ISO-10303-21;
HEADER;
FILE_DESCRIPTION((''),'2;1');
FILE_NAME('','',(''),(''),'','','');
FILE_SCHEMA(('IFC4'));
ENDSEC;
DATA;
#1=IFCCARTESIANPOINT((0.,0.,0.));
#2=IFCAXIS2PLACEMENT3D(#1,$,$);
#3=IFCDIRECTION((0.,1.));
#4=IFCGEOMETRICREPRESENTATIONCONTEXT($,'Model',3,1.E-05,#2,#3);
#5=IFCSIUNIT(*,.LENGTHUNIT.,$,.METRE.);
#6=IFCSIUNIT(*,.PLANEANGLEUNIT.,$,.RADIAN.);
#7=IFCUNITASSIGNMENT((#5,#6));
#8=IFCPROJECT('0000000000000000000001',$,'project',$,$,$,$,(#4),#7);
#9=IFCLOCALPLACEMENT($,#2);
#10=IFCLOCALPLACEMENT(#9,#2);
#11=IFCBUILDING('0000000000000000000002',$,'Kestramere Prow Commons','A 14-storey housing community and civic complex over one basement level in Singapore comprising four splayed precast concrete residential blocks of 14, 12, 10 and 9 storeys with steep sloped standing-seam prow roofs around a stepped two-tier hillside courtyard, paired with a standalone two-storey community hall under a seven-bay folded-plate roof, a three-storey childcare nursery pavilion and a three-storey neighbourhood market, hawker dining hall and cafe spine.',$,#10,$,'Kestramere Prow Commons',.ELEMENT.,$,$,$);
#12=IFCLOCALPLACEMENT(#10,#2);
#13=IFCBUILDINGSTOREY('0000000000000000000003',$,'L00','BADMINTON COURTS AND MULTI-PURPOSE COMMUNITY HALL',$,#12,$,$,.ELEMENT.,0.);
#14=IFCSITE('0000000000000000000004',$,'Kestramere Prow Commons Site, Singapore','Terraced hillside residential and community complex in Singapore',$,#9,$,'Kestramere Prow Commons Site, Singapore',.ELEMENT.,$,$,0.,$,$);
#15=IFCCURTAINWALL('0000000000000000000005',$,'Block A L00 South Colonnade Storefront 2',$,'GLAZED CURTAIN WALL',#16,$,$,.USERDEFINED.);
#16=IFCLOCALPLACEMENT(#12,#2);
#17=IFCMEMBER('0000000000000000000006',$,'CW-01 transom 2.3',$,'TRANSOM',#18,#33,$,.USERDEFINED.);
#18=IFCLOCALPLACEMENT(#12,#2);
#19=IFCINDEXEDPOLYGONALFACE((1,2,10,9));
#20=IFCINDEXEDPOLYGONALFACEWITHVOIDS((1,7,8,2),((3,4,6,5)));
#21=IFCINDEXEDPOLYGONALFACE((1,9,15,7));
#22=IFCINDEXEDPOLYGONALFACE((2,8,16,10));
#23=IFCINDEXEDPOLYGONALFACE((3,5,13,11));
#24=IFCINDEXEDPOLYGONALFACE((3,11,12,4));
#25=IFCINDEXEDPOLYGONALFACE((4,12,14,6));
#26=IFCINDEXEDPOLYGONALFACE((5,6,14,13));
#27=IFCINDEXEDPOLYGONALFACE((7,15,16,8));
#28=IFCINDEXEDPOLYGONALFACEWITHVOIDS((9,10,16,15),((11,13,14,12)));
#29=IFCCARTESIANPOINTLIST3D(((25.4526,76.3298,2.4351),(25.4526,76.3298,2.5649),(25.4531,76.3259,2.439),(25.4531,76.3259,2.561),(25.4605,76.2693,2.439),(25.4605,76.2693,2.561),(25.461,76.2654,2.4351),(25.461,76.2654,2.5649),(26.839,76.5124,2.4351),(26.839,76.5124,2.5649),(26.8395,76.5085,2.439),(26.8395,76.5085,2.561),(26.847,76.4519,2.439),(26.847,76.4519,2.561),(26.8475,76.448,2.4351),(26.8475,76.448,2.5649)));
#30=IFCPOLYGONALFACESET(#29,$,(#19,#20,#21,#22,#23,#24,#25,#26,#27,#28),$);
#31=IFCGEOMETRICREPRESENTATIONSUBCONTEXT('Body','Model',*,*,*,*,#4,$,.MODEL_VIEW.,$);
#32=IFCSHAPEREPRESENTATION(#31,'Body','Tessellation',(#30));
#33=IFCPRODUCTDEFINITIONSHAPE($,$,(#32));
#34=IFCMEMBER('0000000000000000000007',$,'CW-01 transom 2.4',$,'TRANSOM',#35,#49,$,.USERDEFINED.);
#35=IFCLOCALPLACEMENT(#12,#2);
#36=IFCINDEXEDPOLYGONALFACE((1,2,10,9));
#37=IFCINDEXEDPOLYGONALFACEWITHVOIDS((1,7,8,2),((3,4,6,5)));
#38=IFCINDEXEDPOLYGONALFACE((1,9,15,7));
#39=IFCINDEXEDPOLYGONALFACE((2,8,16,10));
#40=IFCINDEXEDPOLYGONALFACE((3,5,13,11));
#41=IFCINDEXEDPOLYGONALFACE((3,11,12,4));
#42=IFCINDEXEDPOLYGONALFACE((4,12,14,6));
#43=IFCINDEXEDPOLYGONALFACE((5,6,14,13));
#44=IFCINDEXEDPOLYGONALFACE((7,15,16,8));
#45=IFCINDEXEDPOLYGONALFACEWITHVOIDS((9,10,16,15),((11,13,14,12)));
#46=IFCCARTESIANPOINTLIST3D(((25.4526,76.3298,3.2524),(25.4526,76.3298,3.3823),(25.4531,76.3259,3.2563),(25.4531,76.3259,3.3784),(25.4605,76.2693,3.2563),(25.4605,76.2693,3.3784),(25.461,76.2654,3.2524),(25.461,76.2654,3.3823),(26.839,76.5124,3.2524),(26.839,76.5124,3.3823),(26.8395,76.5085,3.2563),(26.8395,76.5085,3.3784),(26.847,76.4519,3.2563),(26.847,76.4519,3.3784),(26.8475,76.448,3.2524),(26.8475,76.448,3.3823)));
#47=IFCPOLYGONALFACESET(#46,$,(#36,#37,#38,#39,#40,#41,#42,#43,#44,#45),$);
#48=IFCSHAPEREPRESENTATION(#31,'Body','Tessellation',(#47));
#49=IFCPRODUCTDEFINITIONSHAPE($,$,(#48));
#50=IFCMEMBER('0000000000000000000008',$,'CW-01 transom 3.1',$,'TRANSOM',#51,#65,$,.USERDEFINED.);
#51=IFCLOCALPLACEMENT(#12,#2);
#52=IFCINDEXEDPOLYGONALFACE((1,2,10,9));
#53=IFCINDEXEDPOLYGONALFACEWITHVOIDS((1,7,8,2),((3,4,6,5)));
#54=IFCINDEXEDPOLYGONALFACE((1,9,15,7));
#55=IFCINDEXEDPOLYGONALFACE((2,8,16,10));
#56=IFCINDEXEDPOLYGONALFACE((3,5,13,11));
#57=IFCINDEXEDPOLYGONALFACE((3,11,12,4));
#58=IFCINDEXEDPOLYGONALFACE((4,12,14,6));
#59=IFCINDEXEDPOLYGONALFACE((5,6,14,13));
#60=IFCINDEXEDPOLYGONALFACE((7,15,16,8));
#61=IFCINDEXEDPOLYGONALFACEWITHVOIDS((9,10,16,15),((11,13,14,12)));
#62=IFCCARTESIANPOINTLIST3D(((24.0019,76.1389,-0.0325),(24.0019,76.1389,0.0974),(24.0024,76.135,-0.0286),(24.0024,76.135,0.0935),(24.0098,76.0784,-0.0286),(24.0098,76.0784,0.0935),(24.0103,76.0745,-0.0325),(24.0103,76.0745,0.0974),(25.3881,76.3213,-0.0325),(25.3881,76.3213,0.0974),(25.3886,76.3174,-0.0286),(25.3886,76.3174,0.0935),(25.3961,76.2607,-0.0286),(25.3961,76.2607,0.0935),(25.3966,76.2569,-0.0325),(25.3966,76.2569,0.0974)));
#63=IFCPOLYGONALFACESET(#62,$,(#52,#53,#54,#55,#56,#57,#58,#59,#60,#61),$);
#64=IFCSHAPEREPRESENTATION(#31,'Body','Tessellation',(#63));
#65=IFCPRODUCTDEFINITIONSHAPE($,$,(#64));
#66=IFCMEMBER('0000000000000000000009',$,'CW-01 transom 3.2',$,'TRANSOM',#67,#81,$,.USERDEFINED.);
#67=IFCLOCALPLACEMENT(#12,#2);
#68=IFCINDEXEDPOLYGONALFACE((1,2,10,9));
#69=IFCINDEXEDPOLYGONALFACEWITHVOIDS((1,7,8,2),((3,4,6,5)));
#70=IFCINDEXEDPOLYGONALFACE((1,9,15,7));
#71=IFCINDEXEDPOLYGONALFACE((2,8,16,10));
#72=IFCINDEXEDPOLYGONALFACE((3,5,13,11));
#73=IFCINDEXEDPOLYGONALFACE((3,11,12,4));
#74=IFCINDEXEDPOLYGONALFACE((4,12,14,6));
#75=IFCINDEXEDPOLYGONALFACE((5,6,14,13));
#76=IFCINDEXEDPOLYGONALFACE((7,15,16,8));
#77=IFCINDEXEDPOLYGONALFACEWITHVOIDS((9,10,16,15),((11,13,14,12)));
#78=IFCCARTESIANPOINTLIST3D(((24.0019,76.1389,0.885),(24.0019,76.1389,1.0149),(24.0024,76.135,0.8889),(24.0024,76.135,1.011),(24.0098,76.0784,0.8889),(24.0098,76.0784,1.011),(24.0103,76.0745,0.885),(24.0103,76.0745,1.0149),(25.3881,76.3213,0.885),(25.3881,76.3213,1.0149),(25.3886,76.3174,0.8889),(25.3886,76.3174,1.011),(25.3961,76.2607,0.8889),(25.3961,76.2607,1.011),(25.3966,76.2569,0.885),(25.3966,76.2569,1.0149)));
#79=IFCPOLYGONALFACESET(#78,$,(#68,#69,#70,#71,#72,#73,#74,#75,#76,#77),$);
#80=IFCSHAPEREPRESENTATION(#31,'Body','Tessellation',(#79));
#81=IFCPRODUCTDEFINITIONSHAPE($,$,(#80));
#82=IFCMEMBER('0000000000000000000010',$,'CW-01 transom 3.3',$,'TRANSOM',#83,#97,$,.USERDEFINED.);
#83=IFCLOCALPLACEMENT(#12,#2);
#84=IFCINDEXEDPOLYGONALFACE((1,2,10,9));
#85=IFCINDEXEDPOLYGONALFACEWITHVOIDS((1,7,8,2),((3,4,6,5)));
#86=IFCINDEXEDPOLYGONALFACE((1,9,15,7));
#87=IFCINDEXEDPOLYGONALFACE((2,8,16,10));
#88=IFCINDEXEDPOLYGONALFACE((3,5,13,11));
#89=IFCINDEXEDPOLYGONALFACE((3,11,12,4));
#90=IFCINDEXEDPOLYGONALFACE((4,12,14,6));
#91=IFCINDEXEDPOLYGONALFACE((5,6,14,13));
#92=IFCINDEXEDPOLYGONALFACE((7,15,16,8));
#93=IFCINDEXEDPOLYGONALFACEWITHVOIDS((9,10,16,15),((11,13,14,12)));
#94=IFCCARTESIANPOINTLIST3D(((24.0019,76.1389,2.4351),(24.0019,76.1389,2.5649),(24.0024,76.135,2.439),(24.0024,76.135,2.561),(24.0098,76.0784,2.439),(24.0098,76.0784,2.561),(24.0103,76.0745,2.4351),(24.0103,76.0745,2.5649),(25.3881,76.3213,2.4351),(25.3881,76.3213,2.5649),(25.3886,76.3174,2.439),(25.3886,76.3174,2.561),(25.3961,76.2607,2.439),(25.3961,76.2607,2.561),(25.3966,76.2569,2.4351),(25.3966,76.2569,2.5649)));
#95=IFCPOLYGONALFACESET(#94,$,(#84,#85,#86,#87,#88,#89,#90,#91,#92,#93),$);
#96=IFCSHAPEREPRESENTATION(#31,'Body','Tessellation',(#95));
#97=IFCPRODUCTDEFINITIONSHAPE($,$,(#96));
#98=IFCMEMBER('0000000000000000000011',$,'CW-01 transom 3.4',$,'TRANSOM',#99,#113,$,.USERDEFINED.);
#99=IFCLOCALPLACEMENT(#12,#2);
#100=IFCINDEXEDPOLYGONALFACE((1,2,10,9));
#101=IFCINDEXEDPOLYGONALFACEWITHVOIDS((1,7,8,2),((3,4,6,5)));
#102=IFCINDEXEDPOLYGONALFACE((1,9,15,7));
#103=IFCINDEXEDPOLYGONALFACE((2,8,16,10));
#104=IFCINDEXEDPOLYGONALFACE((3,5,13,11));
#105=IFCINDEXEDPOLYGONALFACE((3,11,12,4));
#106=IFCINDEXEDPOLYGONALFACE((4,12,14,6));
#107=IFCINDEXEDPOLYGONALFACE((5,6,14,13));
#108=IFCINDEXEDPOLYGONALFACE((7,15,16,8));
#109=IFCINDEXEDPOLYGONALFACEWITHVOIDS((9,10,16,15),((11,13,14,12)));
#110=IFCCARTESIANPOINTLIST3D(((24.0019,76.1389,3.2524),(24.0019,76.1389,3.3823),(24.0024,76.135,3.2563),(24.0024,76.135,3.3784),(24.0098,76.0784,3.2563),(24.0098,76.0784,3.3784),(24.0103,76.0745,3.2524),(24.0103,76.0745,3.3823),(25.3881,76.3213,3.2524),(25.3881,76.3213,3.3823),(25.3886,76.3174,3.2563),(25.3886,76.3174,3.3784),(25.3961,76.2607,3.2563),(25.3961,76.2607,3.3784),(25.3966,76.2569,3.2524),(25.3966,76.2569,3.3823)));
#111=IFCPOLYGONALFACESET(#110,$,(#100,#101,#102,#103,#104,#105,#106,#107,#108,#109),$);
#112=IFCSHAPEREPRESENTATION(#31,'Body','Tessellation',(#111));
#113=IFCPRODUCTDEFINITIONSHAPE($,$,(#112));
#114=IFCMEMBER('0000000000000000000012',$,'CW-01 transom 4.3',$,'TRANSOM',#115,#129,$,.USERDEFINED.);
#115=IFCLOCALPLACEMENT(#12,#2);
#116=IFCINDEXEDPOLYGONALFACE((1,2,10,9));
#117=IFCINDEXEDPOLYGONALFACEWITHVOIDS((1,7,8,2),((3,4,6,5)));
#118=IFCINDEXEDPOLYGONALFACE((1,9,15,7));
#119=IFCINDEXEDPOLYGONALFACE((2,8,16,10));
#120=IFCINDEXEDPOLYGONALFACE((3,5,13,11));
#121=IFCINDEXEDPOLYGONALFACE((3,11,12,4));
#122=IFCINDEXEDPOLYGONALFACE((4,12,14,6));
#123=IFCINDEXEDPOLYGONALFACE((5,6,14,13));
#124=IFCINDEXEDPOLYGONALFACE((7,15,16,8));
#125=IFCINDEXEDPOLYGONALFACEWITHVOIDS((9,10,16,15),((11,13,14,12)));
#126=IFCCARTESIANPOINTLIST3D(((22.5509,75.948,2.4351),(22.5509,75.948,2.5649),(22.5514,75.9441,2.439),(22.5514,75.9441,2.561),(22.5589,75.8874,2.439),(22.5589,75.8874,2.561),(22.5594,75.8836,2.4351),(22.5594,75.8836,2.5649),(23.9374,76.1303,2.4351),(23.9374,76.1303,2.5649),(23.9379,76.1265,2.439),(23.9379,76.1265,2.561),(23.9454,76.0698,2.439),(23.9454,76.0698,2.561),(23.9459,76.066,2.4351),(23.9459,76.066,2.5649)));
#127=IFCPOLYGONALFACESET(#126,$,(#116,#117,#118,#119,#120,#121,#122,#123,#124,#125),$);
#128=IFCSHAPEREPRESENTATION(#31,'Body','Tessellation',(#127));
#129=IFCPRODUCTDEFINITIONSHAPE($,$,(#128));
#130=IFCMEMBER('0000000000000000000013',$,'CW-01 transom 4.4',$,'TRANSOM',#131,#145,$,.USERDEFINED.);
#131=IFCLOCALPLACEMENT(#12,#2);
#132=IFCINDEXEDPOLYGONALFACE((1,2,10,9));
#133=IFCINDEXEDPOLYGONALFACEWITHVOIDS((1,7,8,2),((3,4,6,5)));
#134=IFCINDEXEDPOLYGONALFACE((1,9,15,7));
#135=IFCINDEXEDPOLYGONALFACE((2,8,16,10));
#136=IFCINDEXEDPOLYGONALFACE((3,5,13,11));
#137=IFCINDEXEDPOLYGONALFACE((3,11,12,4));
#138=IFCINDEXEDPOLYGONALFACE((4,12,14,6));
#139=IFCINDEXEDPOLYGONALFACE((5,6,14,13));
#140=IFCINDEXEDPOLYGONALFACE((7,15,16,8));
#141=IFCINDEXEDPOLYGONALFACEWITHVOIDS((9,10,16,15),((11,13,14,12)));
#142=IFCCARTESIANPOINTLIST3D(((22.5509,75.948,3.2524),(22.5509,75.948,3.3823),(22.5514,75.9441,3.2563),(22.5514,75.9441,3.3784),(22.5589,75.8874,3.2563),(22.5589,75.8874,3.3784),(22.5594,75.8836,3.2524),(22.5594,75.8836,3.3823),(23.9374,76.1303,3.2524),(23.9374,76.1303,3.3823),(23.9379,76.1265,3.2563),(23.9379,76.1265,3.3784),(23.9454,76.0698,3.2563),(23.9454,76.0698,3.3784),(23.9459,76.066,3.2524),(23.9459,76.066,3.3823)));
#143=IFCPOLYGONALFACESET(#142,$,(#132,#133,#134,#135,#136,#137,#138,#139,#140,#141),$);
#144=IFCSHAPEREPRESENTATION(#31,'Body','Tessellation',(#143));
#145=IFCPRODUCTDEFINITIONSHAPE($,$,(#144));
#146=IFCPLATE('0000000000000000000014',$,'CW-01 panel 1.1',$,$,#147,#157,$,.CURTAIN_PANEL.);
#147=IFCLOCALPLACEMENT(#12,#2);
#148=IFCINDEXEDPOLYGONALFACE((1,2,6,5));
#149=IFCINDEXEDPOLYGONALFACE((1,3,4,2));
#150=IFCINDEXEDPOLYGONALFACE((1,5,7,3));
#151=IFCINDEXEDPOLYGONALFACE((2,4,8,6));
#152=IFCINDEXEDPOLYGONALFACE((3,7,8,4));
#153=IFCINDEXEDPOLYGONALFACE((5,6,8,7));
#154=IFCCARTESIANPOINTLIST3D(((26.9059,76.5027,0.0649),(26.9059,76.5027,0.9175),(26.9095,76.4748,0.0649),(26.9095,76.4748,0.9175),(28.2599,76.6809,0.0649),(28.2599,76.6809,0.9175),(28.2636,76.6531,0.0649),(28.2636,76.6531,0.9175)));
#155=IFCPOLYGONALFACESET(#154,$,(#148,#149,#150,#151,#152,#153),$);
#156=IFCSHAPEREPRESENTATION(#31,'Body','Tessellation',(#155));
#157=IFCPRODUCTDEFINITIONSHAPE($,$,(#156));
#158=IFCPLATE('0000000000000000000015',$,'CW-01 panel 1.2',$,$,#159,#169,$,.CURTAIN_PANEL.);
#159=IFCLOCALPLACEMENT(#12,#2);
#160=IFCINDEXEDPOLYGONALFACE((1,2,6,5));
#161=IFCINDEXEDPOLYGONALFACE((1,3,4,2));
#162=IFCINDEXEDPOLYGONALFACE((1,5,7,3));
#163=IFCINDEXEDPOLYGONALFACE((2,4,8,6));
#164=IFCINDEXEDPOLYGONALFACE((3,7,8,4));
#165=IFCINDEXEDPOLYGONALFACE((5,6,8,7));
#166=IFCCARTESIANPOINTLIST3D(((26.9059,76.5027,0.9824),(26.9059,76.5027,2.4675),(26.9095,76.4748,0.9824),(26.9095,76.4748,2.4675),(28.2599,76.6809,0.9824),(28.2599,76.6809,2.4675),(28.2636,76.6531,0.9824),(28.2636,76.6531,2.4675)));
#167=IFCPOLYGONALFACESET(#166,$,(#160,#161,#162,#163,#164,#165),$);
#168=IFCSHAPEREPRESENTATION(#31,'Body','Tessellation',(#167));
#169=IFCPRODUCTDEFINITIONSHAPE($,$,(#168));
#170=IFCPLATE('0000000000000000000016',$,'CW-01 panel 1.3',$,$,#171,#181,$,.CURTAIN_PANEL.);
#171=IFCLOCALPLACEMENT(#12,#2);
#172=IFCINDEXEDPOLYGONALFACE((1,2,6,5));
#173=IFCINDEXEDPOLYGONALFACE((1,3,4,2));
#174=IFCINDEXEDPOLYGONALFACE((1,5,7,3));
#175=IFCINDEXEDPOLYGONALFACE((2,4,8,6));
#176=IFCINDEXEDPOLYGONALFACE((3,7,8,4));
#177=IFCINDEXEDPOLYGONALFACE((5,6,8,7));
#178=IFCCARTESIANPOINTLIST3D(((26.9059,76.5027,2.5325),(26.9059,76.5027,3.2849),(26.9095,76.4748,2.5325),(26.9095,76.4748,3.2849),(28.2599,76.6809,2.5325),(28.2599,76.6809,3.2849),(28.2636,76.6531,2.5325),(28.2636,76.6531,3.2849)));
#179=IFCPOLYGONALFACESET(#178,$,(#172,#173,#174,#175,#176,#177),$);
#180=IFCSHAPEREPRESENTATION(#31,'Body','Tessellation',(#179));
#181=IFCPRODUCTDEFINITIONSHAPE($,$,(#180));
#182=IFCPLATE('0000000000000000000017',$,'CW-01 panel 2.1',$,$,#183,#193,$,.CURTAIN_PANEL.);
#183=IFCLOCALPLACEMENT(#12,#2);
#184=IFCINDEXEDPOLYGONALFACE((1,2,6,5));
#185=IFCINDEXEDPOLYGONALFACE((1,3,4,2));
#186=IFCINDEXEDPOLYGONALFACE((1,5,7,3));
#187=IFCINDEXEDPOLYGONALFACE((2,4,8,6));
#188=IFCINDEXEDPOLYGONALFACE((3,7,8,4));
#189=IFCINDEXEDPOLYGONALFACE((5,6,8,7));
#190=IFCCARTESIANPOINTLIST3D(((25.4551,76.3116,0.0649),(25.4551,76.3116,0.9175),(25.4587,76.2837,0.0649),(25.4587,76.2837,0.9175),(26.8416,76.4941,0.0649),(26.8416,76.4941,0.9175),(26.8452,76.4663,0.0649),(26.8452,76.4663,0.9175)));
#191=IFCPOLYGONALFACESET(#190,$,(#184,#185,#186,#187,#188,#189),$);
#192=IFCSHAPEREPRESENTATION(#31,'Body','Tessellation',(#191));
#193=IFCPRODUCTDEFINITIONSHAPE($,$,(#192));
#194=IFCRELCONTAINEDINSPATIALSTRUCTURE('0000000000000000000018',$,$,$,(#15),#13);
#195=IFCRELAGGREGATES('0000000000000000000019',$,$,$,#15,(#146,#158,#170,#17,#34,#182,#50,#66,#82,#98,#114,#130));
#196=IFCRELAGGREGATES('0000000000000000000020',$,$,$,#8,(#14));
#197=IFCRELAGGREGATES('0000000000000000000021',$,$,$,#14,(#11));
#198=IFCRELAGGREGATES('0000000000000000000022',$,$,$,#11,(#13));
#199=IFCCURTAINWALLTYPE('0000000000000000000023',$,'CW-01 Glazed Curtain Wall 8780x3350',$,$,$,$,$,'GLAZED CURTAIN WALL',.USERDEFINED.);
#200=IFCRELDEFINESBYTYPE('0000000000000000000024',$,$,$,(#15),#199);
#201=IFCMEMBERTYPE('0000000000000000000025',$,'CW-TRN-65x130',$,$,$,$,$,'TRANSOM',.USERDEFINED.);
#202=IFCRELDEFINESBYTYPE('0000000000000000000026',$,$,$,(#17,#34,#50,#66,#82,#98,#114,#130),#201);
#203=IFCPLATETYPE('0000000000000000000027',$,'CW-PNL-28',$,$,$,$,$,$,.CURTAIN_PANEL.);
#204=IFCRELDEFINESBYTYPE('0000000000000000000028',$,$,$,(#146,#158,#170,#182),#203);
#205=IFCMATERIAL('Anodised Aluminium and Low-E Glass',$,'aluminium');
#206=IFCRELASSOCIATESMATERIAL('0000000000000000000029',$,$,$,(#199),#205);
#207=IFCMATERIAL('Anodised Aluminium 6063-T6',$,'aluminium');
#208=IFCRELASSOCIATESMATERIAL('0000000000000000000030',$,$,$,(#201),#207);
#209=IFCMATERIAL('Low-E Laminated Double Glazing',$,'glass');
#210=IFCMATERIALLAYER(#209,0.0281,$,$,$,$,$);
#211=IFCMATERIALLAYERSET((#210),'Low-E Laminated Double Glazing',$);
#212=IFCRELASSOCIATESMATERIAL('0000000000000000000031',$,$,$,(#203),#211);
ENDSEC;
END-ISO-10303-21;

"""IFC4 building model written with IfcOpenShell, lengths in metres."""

from ifc_helpers import new_model, si_unit, direction, frame, origin, origin_2d, place, context, subcontext, project, spatial, rectangle, hollow_rectangle, extrude, material, layer, layer_set, material_profile, profile_set, type_object, element, aggregate, save


model = new_model("IFC4")

# Units and contexts
model_context = context("Model", 3, precision=1e-05, world=origin(), true_north=direction((0.0, 1.0)))
body_context = subcontext(model_context, "Body", "Model", "MODEL_VIEW")
ifc_project = project(units=[si_unit("LENGTHUNIT", "METRE"), si_unit("PLANEANGLEUNIT", "RADIAN")], contexts=[model_context])

# Site, building, storey
site_placement = place(None, origin())
site = spatial("IfcSite", under=ifc_project, at=site_placement, Name="Kestramere Prow Commons Site, Singapore", Description="Terraced hillside residential and community complex in Singapore", LongName="Kestramere Prow Commons Site, Singapore", CompositionType="ELEMENT", RefElevation=0.0)
building_placement = place(site_placement, origin())
building = spatial("IfcBuilding", under=site, at=building_placement, Name="Kestramere Prow Commons", Description="A 14-storey housing community and civic complex over one basement level in Singapore comprising four splayed precast concrete residential blocks of 14, 12, 10 and 9 storeys with steep sloped standing-seam prow roofs around a stepped two-tier hillside courtyard, paired with a standalone two-storey community hall under a seven-bay folded-plate roof, a three-storey childcare nursery pavilion and a three-storey neighbourhood market, hawker dining hall and cafe spine.", LongName="Kestramere Prow Commons", CompositionType="ELEMENT")
storey_placement = place(building_placement, origin())
storey = spatial("IfcBuildingStorey", under=building, at=storey_placement, Name="L00", Description="BADMINTON COURTS AND MULTI-PURPOSE COMMUNITY HALL", CompositionType="ELEMENT", Elevation=0.0)

# Curtain wall, members, plates
ifc_material_1 = material(Name="Anodised Aluminium and Low-E Glass", Category="aluminium")
curtain_wall_type = type_object("IfcCurtainWallType", Name="CW-01 Glazed Curtain Wall 8780x3350", ElementType="GLAZED CURTAIN WALL", PredefinedType="USERDEFINED", material=ifc_material_1)
curtain_wall_placement = place(storey_placement, origin())
curtain_wall = element("IfcCurtainWall", 1, at=curtain_wall_placement, inside=storey, type_object=curtain_wall_type, Name="Block A L00 South Colonnade Storefront 2", ObjectType="GLAZED CURTAIN WALL", PredefinedType="USERDEFINED")
ifc_material_2 = material(Name="Anodised Aluminium 6063-T6", Category="aluminium")
ifc_material_profile_1 = material_profile(ifc_material_2, hollow_rectangle(XDim=0.0649, YDim=0.1299, WallThickness=0.0039, at=origin_2d()), Name="ALU-TRN 65x130")
ifc_profile_set_1 = profile_set([ifc_material_profile_1], Name="Anodised Aluminium 6063-T6")
member_type_1 = type_object("IfcMemberType", Name="CW-TRN-65x130", ElementType="TRANSOM", PredefinedType="USERDEFINED", material=ifc_profile_set_1)
member_1_placement = place(storey_placement, frame((26.8433, 76.4802, 2.5), z_axis=(-0.991437, -0.130585, 0.0), x_axis=(0.130585, -0.991437, 0.0)))
member_1 = element("IfcMember", 2, at=member_1_placement, type_object=member_type_1, Name="CW-01 transom 2.3", ObjectType="TRANSOM", PredefinedType="USERDEFINED", context=body_context, shape_type="SweptSolid", body=[
    extrude(hollow_rectangle(XDim=0.0649, YDim=0.1299, WallThickness=0.0039, at=origin_2d()), origin(), (0.0, 0.0, 1.0), 1.3984),
])
member_2_placement = place(storey_placement, frame((26.8433, 76.4802, 3.3174), z_axis=(-0.991437, -0.130585, 0.0), x_axis=(0.130585, -0.991437, 0.0)))
member_2 = element("IfcMember", 3, at=member_2_placement, type_object=member_type_1, Name="CW-01 transom 2.4", ObjectType="TRANSOM", PredefinedType="USERDEFINED", context=body_context, shape_type="SweptSolid", body=[
    extrude(hollow_rectangle(XDim=0.0649, YDim=0.1299, WallThickness=0.0039, at=origin_2d()), origin(), (0.0, 0.0, 1.0), 1.3984),
])
member_3_placement = place(storey_placement, frame((25.3923, 76.2891, 0.0325), z_axis=(-0.991457, -0.130436, 0.0), x_axis=(0.130436, -0.991457, 0.0)))
member_3 = element("IfcMember", 4, at=member_3_placement, type_object=member_type_1, Name="CW-01 transom 3.1", ObjectType="TRANSOM", PredefinedType="USERDEFINED", context=body_context, shape_type="SweptSolid", body=[
    extrude(hollow_rectangle(XDim=0.0649, YDim=0.1299, WallThickness=0.0039, at=origin_2d()), origin(), (0.0, 0.0, 1.0), 1.3982),
])
member_4_placement = place(storey_placement, frame((25.3923, 76.2891, 0.95), z_axis=(-0.991457, -0.130436, 0.0), x_axis=(0.130436, -0.991457, 0.0)))
member_4 = element("IfcMember", 5, at=member_4_placement, type_object=member_type_1, Name="CW-01 transom 3.2", ObjectType="TRANSOM", PredefinedType="USERDEFINED", context=body_context, shape_type="SweptSolid", body=[
    extrude(hollow_rectangle(XDim=0.0649, YDim=0.1299, WallThickness=0.0039, at=origin_2d()), origin(), (0.0, 0.0, 1.0), 1.3982),
])
member_5_placement = place(storey_placement, frame((25.3923, 76.2891, 2.5), z_axis=(-0.991457, -0.130436, 0.0), x_axis=(0.130436, -0.991457, 0.0)))
member_5 = element("IfcMember", 6, at=member_5_placement, type_object=member_type_1, Name="CW-01 transom 3.3", ObjectType="TRANSOM", PredefinedType="USERDEFINED", context=body_context, shape_type="SweptSolid", body=[
    extrude(hollow_rectangle(XDim=0.0649, YDim=0.1299, WallThickness=0.0039, at=origin_2d()), origin(), (0.0, 0.0, 1.0), 1.3982),
])
member_6_placement = place(storey_placement, frame((25.3923, 76.2891, 3.3174), z_axis=(-0.991457, -0.130436, 0.0), x_axis=(0.130436, -0.991457, 0.0)))
member_6 = element("IfcMember", 7, at=member_6_placement, type_object=member_type_1, Name="CW-01 transom 3.4", ObjectType="TRANSOM", PredefinedType="USERDEFINED", context=body_context, shape_type="SweptSolid", body=[
    extrude(hollow_rectangle(XDim=0.0649, YDim=0.1299, WallThickness=0.0039, at=origin_2d()), origin(), (0.0, 0.0, 1.0), 1.3982),
])
member_7_placement = place(storey_placement, frame((23.9417, 76.0981, 2.5), z_axis=(-0.99146, -0.130414, 0.0), x_axis=(0.130414, -0.99146, 0.0)))
member_7 = element("IfcMember", 8, at=member_7_placement, type_object=member_type_1, Name="CW-01 transom 4.3", ObjectType="TRANSOM", PredefinedType="USERDEFINED", context=body_context, shape_type="SweptSolid", body=[
    extrude(hollow_rectangle(XDim=0.0649, YDim=0.1299, WallThickness=0.0039, at=origin_2d()), origin(), (0.0, 0.0, 1.0), 1.3984),
])
member_8_placement = place(storey_placement, frame((23.9417, 76.0981, 3.3174), z_axis=(-0.99146, -0.130414, 0.0), x_axis=(0.130414, -0.99146, 0.0)))
member_8 = element("IfcMember", 9, at=member_8_placement, type_object=member_type_1, Name="CW-01 transom 4.4", ObjectType="TRANSOM", PredefinedType="USERDEFINED", context=body_context, shape_type="SweptSolid", body=[
    extrude(hollow_rectangle(XDim=0.0649, YDim=0.1299, WallThickness=0.0039, at=origin_2d()), origin(), (0.0, 0.0, 1.0), 1.3984),
])
ifc_material_3 = material(Name="Low-E Laminated Double Glazing", Category="glass")
ifc_layer_1 = layer(ifc_material_3, 0.0281)
ifc_layer_set_1 = layer_set([ifc_layer_1], Name="Low-E Laminated Double Glazing")
plate_type = type_object("IfcPlateType", Name="CW-PNL-28", PredefinedType="CURTAIN_PANEL", material=ifc_layer_set_1)
plate_1_placement = place(storey_placement, frame((27.5847, 76.5779, 0.0649), z_axis=(0.0, 0.0, 1.0), x_axis=(-0.991445, -0.130526, 0.0)))
plate_1 = element("IfcPlate", 10, at=plate_1_placement, type_object=plate_type, Name="CW-01 panel 1.1", PredefinedType="CURTAIN_PANEL", context=body_context, shape_type="SweptSolid", body=[
    extrude(rectangle(XDim=1.3657, YDim=0.0281, at=origin_2d()), origin(), (0.0, 0.0, 1.0), 0.8525),
])
plate_2_placement = place(storey_placement, frame((27.5847, 76.5779, 0.9824), z_axis=(0.0, 0.0, 1.0), x_axis=(-0.991445, -0.130526, 0.0)))
plate_2 = element("IfcPlate", 11, at=plate_2_placement, type_object=plate_type, Name="CW-01 panel 1.2", PredefinedType="CURTAIN_PANEL", context=body_context, shape_type="SweptSolid", body=[
    extrude(rectangle(XDim=1.3657, YDim=0.0281, at=origin_2d()), origin(), (0.0, 0.0, 1.0), 1.4851),
])
plate_3_placement = place(storey_placement, frame((27.5847, 76.5779, 2.5325), z_axis=(0.0, 0.0, 1.0), x_axis=(-0.991445, -0.130526, 0.0)))
plate_3 = element("IfcPlate", 12, at=plate_3_placement, type_object=plate_type, Name="CW-01 panel 1.3", PredefinedType="CURTAIN_PANEL", context=body_context, shape_type="SweptSolid", body=[
    extrude(rectangle(XDim=1.3657, YDim=0.0281, at=origin_2d()), origin(), (0.0, 0.0, 1.0), 0.7524),
])
plate_4_placement = place(storey_placement, frame((26.1501, 76.3889, 0.0649), z_axis=(0.0, 0.0, 1.0), x_axis=(-0.991445, -0.130526, 0.0)))
plate_4 = element("IfcPlate", 13, at=plate_4_placement, type_object=plate_type, Name="CW-01 panel 2.1", PredefinedType="CURTAIN_PANEL", context=body_context, shape_type="SweptSolid", body=[
    extrude(rectangle(XDim=1.3984, YDim=0.0281, at=origin_2d()), origin(), (0.0, 0.0, 1.0), 0.8525),
])
aggregate(curtain_wall, [plate_1, plate_2, plate_3, member_1, member_2, plate_4, member_3, member_4, member_5, member_6, member_7, member_8])

save(model, "model.ifc")
